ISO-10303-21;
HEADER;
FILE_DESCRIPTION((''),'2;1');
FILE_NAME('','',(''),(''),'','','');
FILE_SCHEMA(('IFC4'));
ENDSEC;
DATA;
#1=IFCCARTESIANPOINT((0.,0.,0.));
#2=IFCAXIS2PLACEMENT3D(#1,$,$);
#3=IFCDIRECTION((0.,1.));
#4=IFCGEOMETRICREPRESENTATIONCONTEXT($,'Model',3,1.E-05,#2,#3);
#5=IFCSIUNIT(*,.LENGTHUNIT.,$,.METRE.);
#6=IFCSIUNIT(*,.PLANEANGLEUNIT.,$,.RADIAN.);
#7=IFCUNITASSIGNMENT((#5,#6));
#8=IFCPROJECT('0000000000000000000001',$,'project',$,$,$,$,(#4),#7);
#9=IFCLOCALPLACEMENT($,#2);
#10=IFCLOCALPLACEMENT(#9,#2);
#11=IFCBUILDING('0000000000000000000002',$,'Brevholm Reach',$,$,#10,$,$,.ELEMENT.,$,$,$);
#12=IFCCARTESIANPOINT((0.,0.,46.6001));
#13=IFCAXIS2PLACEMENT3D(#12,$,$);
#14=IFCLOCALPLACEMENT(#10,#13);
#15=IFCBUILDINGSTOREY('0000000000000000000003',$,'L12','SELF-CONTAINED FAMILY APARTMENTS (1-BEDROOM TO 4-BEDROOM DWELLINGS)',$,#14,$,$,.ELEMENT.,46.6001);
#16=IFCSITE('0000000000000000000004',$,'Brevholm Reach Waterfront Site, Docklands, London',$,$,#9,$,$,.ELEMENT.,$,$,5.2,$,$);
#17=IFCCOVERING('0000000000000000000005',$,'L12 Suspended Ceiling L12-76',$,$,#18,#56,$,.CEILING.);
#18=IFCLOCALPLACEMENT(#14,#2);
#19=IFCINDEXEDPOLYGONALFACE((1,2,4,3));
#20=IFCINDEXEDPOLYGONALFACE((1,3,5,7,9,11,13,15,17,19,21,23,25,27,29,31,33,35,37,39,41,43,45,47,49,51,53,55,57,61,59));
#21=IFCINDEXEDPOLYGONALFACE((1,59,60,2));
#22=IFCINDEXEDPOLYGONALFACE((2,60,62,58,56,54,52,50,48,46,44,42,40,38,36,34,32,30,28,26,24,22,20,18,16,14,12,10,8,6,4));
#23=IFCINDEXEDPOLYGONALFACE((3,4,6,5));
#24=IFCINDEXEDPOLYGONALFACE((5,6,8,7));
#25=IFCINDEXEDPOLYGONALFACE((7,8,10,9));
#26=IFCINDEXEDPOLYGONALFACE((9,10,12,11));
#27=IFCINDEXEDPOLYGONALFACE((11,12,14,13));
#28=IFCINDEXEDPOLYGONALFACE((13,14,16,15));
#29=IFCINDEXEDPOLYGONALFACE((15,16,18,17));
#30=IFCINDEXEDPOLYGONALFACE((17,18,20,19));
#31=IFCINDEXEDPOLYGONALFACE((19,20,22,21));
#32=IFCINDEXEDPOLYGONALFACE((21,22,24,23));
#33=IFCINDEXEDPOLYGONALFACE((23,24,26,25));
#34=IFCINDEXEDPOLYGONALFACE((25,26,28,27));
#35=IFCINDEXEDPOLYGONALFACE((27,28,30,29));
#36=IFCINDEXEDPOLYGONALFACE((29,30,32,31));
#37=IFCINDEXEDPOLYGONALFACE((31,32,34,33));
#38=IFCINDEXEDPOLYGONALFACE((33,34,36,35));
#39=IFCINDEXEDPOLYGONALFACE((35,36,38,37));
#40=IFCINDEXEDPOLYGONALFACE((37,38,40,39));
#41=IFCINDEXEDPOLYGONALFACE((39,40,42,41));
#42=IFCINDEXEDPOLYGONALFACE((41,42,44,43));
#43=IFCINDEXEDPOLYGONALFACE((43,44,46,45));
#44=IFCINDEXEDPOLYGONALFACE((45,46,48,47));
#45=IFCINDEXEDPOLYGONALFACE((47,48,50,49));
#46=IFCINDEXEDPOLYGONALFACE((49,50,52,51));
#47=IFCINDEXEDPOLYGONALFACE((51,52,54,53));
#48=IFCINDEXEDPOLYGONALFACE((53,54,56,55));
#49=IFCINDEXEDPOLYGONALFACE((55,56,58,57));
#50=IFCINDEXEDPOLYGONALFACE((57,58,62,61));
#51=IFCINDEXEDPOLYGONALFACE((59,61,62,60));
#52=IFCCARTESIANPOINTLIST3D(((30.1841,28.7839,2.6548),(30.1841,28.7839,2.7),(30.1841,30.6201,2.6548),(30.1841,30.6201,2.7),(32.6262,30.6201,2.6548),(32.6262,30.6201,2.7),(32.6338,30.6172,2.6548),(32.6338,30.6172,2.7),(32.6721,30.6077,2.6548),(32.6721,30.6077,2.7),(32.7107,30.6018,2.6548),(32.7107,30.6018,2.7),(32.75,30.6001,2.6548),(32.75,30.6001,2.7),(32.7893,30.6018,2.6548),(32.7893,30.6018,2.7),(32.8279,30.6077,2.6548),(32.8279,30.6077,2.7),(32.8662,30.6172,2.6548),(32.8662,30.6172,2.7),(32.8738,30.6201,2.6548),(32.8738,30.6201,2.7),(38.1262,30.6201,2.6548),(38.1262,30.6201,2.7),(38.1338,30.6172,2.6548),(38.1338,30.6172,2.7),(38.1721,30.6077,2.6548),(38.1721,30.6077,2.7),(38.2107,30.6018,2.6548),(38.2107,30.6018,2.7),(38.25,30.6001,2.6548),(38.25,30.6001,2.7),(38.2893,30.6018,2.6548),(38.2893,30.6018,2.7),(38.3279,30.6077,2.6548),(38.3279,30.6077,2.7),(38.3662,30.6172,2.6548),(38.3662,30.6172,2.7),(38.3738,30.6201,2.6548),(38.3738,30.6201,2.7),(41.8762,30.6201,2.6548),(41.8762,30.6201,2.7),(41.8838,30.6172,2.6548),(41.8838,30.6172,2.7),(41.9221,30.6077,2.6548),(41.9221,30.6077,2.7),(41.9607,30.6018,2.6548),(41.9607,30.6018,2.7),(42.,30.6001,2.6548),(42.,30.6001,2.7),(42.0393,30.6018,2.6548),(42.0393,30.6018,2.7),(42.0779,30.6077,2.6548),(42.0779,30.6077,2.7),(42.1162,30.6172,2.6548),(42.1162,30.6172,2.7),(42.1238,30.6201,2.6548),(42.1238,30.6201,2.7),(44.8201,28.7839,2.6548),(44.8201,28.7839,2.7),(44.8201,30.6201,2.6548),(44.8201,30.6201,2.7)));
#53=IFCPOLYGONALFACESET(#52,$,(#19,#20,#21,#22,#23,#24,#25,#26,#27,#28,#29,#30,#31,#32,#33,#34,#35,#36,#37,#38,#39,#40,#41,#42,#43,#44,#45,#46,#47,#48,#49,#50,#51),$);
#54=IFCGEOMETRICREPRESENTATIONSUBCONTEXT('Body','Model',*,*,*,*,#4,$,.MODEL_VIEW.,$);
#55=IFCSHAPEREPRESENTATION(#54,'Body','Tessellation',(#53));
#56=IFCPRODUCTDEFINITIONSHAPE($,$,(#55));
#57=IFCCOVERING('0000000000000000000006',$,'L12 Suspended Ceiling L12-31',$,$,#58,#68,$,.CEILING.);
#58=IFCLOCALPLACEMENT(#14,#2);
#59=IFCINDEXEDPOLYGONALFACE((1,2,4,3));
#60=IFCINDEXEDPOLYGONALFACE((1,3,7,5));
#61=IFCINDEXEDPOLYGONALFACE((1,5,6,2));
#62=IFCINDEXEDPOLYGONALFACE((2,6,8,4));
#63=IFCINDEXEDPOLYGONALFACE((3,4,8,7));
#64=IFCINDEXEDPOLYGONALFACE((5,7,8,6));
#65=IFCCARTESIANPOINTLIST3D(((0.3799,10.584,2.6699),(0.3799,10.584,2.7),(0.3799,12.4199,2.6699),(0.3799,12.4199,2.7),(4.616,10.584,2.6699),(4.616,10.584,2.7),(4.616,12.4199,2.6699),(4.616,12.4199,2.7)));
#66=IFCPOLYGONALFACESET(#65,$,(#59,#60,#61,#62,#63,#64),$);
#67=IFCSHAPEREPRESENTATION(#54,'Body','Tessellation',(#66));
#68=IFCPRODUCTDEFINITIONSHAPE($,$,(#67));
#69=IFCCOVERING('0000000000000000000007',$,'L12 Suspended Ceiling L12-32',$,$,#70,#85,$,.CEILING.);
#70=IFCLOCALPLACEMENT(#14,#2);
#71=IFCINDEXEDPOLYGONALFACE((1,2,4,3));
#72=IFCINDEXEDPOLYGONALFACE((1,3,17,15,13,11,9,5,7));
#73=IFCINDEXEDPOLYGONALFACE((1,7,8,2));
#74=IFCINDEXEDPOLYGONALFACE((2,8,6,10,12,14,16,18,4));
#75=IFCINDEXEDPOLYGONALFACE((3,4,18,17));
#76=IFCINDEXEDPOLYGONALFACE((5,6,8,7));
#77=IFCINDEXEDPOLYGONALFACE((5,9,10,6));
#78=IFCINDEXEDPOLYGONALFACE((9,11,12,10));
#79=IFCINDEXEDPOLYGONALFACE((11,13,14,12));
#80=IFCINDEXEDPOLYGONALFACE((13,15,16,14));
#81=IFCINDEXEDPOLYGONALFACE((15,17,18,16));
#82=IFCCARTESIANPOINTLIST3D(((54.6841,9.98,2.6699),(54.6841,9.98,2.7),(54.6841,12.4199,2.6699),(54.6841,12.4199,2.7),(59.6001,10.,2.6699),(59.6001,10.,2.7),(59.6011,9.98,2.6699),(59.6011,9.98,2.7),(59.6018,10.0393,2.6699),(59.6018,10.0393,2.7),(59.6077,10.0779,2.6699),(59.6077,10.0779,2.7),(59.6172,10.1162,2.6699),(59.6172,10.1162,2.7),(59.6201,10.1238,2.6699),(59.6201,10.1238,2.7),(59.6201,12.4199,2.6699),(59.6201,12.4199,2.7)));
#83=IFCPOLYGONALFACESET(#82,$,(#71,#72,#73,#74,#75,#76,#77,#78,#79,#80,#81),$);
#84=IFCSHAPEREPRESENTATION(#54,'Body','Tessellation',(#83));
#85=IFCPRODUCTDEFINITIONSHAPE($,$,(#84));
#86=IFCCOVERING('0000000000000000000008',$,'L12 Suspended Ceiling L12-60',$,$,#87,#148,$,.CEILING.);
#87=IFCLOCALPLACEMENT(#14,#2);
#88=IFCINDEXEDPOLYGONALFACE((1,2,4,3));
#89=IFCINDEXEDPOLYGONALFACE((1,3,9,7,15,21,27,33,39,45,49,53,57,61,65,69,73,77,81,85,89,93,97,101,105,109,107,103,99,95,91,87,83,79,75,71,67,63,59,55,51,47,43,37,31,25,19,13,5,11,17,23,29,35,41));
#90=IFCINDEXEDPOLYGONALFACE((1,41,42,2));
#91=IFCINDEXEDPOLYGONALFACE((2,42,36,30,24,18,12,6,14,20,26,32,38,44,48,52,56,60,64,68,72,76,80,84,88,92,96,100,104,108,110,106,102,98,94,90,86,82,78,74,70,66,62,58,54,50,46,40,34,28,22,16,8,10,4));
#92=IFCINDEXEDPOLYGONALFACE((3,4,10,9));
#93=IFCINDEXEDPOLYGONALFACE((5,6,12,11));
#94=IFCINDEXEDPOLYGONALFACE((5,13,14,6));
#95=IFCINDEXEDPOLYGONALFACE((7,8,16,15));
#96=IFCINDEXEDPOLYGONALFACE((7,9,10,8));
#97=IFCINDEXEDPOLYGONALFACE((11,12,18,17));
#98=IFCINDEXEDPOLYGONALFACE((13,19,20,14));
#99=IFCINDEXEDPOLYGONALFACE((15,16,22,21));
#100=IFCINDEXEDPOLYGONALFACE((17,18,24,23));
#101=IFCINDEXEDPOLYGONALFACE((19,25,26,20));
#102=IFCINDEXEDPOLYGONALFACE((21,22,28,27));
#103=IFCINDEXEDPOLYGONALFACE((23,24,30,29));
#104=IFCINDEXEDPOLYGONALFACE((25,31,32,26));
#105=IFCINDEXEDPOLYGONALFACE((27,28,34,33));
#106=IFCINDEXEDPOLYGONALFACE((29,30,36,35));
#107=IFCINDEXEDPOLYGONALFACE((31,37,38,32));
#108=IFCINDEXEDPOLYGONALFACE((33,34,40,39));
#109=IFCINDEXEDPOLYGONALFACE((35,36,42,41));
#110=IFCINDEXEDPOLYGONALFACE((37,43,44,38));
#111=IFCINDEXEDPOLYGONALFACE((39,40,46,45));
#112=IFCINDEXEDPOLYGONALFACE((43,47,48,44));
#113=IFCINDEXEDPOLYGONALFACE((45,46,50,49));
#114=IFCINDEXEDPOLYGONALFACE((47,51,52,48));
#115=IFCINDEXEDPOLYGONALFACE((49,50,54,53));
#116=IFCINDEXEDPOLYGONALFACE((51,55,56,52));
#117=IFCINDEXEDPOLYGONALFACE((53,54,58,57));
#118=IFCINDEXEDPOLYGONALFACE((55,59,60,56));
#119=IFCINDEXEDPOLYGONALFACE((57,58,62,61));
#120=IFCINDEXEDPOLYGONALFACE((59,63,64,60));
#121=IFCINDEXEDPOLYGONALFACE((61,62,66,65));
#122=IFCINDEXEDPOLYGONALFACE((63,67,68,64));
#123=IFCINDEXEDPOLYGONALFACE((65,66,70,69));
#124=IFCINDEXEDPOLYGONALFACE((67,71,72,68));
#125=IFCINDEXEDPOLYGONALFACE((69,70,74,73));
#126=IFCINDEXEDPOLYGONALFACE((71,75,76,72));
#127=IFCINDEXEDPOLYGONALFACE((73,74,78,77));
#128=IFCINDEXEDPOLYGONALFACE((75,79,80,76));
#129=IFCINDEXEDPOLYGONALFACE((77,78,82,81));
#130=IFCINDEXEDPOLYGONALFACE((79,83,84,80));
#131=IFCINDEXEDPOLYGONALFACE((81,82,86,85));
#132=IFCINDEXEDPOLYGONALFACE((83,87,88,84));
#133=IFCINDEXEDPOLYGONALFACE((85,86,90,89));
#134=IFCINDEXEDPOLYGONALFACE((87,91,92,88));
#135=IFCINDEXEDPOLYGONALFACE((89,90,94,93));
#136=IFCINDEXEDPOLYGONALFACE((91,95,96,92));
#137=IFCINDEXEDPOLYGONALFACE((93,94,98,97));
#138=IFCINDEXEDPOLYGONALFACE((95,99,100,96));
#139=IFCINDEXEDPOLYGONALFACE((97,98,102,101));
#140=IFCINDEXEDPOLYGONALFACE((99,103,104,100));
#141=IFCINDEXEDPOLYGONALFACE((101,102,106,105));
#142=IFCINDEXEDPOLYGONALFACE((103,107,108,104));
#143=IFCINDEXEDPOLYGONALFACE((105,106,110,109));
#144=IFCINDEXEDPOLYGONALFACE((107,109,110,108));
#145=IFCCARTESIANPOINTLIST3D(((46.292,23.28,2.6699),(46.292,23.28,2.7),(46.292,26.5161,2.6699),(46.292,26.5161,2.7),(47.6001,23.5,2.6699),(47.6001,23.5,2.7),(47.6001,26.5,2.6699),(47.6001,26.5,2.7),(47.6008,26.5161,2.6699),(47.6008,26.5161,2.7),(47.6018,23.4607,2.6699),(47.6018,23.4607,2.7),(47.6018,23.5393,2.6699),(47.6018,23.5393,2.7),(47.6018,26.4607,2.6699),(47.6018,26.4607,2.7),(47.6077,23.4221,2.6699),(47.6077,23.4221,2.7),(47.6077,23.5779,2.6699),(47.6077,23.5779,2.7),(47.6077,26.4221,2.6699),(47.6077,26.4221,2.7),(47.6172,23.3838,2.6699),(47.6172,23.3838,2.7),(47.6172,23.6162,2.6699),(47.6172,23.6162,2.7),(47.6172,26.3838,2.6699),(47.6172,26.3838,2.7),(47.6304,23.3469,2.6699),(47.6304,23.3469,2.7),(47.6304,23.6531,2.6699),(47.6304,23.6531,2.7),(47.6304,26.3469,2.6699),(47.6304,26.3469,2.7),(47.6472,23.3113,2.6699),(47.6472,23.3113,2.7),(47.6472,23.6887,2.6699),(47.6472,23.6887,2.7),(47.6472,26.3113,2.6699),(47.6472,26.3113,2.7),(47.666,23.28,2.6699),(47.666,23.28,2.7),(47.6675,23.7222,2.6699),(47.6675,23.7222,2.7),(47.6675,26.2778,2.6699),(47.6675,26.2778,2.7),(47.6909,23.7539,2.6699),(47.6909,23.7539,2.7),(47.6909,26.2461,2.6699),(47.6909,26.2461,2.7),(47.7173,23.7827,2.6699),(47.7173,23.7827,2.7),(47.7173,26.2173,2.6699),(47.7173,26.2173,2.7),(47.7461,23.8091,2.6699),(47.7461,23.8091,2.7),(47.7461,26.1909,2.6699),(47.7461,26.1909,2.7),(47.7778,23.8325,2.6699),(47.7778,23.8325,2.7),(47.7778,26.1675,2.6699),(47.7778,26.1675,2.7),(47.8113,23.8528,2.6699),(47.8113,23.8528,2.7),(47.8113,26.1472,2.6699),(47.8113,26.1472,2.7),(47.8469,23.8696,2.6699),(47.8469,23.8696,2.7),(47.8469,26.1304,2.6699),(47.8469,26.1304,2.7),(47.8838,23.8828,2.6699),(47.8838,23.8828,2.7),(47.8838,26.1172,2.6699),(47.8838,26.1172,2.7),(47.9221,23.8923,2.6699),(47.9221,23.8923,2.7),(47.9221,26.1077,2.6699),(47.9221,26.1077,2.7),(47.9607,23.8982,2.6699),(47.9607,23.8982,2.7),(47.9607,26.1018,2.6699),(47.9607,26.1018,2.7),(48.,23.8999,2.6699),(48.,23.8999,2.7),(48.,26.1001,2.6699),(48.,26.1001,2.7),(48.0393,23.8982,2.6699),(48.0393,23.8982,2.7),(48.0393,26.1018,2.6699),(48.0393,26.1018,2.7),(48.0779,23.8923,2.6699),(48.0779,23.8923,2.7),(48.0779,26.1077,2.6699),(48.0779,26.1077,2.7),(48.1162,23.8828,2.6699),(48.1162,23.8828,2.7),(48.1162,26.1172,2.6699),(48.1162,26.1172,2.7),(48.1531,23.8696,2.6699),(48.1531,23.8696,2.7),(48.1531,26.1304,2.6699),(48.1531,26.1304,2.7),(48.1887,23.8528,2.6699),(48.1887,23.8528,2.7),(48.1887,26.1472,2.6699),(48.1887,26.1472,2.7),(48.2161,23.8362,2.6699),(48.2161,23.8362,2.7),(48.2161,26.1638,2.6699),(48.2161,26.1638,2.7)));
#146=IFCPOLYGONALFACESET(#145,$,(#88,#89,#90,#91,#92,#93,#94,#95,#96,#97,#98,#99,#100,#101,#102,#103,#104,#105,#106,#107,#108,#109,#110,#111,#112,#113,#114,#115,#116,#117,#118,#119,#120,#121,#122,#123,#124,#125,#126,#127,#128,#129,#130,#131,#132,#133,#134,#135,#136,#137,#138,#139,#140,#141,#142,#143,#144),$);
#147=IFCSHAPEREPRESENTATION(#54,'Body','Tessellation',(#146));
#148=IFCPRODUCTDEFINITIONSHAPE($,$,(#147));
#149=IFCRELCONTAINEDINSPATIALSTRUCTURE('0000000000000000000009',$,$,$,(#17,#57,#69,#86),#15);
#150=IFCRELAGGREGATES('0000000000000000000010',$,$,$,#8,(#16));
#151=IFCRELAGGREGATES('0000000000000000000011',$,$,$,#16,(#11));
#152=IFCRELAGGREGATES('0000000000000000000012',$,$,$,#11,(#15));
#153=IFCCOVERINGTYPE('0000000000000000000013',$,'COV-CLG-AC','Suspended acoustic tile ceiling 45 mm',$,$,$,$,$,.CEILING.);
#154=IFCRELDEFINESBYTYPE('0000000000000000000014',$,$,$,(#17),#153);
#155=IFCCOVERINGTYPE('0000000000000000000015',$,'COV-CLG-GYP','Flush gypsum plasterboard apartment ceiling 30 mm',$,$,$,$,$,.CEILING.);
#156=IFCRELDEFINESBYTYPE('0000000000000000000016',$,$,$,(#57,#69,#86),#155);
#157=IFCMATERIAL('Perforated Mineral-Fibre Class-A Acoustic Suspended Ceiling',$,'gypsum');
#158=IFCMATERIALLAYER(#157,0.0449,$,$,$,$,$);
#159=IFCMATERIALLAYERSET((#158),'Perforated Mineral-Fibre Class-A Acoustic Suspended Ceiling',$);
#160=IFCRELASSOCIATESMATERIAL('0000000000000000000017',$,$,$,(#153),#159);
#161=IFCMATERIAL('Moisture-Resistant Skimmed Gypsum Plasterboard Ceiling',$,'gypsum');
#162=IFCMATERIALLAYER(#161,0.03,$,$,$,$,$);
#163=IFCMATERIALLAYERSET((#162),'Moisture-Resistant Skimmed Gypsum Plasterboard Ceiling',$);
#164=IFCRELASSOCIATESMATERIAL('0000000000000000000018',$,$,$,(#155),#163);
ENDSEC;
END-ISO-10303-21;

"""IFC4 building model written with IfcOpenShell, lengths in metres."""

from ifc_helpers import new_model, si_unit, direction, frame, origin, place, context, subcontext, project, spatial, polyline, outline, extrude, material, layer, layer_set, type_object, element, save


model = new_model("IFC4")

# Units and contexts
model_context = context("Model", 3, precision=1e-05, world=origin(), true_north=direction((0.0, 1.0)))
body_context = subcontext(model_context, "Body", "Model", "MODEL_VIEW")
ifc_project = project(units=[si_unit("LENGTHUNIT", "METRE"), si_unit("PLANEANGLEUNIT", "RADIAN")], contexts=[model_context])

# Site, building, storey
site_placement = place(None, origin())
site = spatial("IfcSite", under=ifc_project, at=site_placement, Name="Brevholm Reach Waterfront Site, Docklands, London", CompositionType="ELEMENT", RefElevation=5.2)
building_placement = place(site_placement, origin())
building = spatial("IfcBuilding", under=site, at=building_placement, Name="Brevholm Reach", CompositionType="ELEMENT")
storey_placement = place(building_placement, frame((0.0, 0.0, 46.6001)))
storey = spatial("IfcBuildingStorey", under=building, at=storey_placement, Name="L12", Description="SELF-CONTAINED FAMILY APARTMENTS (1-BEDROOM TO 4-BEDROOM DWELLINGS)", CompositionType="ELEMENT", Elevation=46.6001)

# Coverings
ifc_material_1 = material(Name="Perforated Mineral-Fibre Class-A Acoustic Suspended Ceiling", Category="gypsum")
ifc_layer_1 = layer(ifc_material_1, 0.0449)
ifc_layer_set_1 = layer_set([ifc_layer_1], Name="Perforated Mineral-Fibre Class-A Acoustic Suspended Ceiling")
covering_type_1 = type_object("IfcCoveringType", Name="COV-CLG-AC", Description="Suspended acoustic tile ceiling 45 mm", PredefinedType="CEILING", material=ifc_layer_set_1)
covering_1_placement = place(storey_placement, frame((0.0, 0.0, 2.6548)))
element("IfcCovering", 1, at=covering_1_placement, inside=storey, type_object=covering_type_1, Name="L12 Suspended Ceiling L12-76", PredefinedType="CEILING", context=body_context, shape_type="SweptSolid", body=[
    extrude(outline(polyline([(32.6262, 30.6201), (32.6338, 30.6172), (32.6721, 30.6077), (32.7107, 30.6018), (32.75, 30.6001), (32.7893, 30.6018), (32.8279, 30.6077), (32.8662, 30.6172), (32.8738, 30.6201), (38.1262, 30.6201), (38.1338, 30.6172), (38.1721, 30.6077), (38.2107, 30.6018), (38.25, 30.6001), (38.2893, 30.6018), (38.3279, 30.6077), (38.3662, 30.6172), (38.3738, 30.6201), (41.8762, 30.6201), (41.8838, 30.6172), (41.9221, 30.6077), (41.9607, 30.6018), (42.0, 30.6001), (42.0393, 30.6018), (42.0779, 30.6077), (42.1162, 30.6172), (42.1238, 30.6201), (44.8201, 30.6201), (44.8201, 28.7839), (30.1841, 28.7839), (30.1841, 30.6201), (32.6262, 30.6201)])), origin(), (0.0, 0.0, 1.0), 0.0452),
])
ifc_material_2 = material(Name="Moisture-Resistant Skimmed Gypsum Plasterboard Ceiling", Category="gypsum")
ifc_layer_2 = layer(ifc_material_2, 0.03)
ifc_layer_set_2 = layer_set([ifc_layer_2], Name="Moisture-Resistant Skimmed Gypsum Plasterboard Ceiling")
covering_type_2 = type_object("IfcCoveringType", Name="COV-CLG-GYP", Description="Flush gypsum plasterboard apartment ceiling 30 mm", PredefinedType="CEILING", material=ifc_layer_set_2)
covering_2_placement = place(storey_placement, frame((0.0, 0.0, 2.6699)))
element("IfcCovering", 2, at=covering_2_placement, inside=storey, type_object=covering_type_2, Name="L12 Suspended Ceiling L12-31", PredefinedType="CEILING", context=body_context, shape_type="SweptSolid", body=[
    extrude(outline(polyline([(0.3799, 12.4199), (4.616, 12.4199), (4.616, 10.584), (0.3799, 10.584), (0.3799, 12.4199)])), origin(), (0.0, 0.0, 1.0), 0.03),
])
covering_3_placement = place(storey_placement, frame((0.0, 0.0, 2.6699)))
element("IfcCovering", 3, at=covering_3_placement, inside=storey, type_object=covering_type_2, Name="L12 Suspended Ceiling L12-32", PredefinedType="CEILING", context=body_context, shape_type="SweptSolid", body=[
    extrude(outline(polyline([(59.6201, 12.4199), (59.6201, 10.1238), (59.6172, 10.1162), (59.6077, 10.0779), (59.6018, 10.0393), (59.6001, 10.0), (59.6011, 9.98), (54.6841, 9.98), (54.6841, 12.4199), (59.6201, 12.4199)])), origin(), (0.0, 0.0, 1.0), 0.03),
])
covering_4_placement = place(storey_placement, frame((0.0, 0.0, 2.6699)))
element("IfcCovering", 4, at=covering_4_placement, inside=storey, type_object=covering_type_2, Name="L12 Suspended Ceiling L12-60", PredefinedType="CEILING", context=body_context, shape_type="SweptSolid", body=[
    extrude(outline(polyline([(46.292, 26.5161), (47.6008, 26.5161), (47.6001, 26.5), (47.6018, 26.4607), (47.6077, 26.4221), (47.6172, 26.3838), (47.6304, 26.3469), (47.6472, 26.3113), (47.6675, 26.2778), (47.6909, 26.2461), (47.7173, 26.2173), (47.7461, 26.1909), (47.7778, 26.1675), (47.8113, 26.1472), (47.8469, 26.1304), (47.8838, 26.1172), (47.9221, 26.1077), (47.9607, 26.1018), (48.0, 26.1001), (48.0393, 26.1018), (48.0779, 26.1077), (48.1162, 26.1172), (48.1531, 26.1304), (48.1887, 26.1472), (48.2161, 26.1638), (48.2161, 23.8362), (48.1887, 23.8528), (48.1531, 23.8696), (48.1162, 23.8828), (48.0779, 23.8923), (48.0393, 23.8982), (48.0, 23.8999), (47.9607, 23.8982), (47.9221, 23.8923), (47.8838, 23.8828), (47.8469, 23.8696), (47.8113, 23.8528), (47.7778, 23.8325), (47.7461, 23.8091), (47.7173, 23.7827), (47.6909, 23.7539), (47.6675, 23.7222), (47.6472, 23.6887), (47.6304, 23.6531), (47.6172, 23.6162), (47.6077, 23.5779), (47.6018, 23.5393), (47.6001, 23.5), (47.6018, 23.4607), (47.6077, 23.4221), (47.6172, 23.3838), (47.6304, 23.3469), (47.6472, 23.3113), (47.666, 23.28), (46.292, 23.28), (46.292, 26.5161)])), origin(), (0.0, 0.0, 1.0), 0.03),
])

save(model, "model.ifc")
